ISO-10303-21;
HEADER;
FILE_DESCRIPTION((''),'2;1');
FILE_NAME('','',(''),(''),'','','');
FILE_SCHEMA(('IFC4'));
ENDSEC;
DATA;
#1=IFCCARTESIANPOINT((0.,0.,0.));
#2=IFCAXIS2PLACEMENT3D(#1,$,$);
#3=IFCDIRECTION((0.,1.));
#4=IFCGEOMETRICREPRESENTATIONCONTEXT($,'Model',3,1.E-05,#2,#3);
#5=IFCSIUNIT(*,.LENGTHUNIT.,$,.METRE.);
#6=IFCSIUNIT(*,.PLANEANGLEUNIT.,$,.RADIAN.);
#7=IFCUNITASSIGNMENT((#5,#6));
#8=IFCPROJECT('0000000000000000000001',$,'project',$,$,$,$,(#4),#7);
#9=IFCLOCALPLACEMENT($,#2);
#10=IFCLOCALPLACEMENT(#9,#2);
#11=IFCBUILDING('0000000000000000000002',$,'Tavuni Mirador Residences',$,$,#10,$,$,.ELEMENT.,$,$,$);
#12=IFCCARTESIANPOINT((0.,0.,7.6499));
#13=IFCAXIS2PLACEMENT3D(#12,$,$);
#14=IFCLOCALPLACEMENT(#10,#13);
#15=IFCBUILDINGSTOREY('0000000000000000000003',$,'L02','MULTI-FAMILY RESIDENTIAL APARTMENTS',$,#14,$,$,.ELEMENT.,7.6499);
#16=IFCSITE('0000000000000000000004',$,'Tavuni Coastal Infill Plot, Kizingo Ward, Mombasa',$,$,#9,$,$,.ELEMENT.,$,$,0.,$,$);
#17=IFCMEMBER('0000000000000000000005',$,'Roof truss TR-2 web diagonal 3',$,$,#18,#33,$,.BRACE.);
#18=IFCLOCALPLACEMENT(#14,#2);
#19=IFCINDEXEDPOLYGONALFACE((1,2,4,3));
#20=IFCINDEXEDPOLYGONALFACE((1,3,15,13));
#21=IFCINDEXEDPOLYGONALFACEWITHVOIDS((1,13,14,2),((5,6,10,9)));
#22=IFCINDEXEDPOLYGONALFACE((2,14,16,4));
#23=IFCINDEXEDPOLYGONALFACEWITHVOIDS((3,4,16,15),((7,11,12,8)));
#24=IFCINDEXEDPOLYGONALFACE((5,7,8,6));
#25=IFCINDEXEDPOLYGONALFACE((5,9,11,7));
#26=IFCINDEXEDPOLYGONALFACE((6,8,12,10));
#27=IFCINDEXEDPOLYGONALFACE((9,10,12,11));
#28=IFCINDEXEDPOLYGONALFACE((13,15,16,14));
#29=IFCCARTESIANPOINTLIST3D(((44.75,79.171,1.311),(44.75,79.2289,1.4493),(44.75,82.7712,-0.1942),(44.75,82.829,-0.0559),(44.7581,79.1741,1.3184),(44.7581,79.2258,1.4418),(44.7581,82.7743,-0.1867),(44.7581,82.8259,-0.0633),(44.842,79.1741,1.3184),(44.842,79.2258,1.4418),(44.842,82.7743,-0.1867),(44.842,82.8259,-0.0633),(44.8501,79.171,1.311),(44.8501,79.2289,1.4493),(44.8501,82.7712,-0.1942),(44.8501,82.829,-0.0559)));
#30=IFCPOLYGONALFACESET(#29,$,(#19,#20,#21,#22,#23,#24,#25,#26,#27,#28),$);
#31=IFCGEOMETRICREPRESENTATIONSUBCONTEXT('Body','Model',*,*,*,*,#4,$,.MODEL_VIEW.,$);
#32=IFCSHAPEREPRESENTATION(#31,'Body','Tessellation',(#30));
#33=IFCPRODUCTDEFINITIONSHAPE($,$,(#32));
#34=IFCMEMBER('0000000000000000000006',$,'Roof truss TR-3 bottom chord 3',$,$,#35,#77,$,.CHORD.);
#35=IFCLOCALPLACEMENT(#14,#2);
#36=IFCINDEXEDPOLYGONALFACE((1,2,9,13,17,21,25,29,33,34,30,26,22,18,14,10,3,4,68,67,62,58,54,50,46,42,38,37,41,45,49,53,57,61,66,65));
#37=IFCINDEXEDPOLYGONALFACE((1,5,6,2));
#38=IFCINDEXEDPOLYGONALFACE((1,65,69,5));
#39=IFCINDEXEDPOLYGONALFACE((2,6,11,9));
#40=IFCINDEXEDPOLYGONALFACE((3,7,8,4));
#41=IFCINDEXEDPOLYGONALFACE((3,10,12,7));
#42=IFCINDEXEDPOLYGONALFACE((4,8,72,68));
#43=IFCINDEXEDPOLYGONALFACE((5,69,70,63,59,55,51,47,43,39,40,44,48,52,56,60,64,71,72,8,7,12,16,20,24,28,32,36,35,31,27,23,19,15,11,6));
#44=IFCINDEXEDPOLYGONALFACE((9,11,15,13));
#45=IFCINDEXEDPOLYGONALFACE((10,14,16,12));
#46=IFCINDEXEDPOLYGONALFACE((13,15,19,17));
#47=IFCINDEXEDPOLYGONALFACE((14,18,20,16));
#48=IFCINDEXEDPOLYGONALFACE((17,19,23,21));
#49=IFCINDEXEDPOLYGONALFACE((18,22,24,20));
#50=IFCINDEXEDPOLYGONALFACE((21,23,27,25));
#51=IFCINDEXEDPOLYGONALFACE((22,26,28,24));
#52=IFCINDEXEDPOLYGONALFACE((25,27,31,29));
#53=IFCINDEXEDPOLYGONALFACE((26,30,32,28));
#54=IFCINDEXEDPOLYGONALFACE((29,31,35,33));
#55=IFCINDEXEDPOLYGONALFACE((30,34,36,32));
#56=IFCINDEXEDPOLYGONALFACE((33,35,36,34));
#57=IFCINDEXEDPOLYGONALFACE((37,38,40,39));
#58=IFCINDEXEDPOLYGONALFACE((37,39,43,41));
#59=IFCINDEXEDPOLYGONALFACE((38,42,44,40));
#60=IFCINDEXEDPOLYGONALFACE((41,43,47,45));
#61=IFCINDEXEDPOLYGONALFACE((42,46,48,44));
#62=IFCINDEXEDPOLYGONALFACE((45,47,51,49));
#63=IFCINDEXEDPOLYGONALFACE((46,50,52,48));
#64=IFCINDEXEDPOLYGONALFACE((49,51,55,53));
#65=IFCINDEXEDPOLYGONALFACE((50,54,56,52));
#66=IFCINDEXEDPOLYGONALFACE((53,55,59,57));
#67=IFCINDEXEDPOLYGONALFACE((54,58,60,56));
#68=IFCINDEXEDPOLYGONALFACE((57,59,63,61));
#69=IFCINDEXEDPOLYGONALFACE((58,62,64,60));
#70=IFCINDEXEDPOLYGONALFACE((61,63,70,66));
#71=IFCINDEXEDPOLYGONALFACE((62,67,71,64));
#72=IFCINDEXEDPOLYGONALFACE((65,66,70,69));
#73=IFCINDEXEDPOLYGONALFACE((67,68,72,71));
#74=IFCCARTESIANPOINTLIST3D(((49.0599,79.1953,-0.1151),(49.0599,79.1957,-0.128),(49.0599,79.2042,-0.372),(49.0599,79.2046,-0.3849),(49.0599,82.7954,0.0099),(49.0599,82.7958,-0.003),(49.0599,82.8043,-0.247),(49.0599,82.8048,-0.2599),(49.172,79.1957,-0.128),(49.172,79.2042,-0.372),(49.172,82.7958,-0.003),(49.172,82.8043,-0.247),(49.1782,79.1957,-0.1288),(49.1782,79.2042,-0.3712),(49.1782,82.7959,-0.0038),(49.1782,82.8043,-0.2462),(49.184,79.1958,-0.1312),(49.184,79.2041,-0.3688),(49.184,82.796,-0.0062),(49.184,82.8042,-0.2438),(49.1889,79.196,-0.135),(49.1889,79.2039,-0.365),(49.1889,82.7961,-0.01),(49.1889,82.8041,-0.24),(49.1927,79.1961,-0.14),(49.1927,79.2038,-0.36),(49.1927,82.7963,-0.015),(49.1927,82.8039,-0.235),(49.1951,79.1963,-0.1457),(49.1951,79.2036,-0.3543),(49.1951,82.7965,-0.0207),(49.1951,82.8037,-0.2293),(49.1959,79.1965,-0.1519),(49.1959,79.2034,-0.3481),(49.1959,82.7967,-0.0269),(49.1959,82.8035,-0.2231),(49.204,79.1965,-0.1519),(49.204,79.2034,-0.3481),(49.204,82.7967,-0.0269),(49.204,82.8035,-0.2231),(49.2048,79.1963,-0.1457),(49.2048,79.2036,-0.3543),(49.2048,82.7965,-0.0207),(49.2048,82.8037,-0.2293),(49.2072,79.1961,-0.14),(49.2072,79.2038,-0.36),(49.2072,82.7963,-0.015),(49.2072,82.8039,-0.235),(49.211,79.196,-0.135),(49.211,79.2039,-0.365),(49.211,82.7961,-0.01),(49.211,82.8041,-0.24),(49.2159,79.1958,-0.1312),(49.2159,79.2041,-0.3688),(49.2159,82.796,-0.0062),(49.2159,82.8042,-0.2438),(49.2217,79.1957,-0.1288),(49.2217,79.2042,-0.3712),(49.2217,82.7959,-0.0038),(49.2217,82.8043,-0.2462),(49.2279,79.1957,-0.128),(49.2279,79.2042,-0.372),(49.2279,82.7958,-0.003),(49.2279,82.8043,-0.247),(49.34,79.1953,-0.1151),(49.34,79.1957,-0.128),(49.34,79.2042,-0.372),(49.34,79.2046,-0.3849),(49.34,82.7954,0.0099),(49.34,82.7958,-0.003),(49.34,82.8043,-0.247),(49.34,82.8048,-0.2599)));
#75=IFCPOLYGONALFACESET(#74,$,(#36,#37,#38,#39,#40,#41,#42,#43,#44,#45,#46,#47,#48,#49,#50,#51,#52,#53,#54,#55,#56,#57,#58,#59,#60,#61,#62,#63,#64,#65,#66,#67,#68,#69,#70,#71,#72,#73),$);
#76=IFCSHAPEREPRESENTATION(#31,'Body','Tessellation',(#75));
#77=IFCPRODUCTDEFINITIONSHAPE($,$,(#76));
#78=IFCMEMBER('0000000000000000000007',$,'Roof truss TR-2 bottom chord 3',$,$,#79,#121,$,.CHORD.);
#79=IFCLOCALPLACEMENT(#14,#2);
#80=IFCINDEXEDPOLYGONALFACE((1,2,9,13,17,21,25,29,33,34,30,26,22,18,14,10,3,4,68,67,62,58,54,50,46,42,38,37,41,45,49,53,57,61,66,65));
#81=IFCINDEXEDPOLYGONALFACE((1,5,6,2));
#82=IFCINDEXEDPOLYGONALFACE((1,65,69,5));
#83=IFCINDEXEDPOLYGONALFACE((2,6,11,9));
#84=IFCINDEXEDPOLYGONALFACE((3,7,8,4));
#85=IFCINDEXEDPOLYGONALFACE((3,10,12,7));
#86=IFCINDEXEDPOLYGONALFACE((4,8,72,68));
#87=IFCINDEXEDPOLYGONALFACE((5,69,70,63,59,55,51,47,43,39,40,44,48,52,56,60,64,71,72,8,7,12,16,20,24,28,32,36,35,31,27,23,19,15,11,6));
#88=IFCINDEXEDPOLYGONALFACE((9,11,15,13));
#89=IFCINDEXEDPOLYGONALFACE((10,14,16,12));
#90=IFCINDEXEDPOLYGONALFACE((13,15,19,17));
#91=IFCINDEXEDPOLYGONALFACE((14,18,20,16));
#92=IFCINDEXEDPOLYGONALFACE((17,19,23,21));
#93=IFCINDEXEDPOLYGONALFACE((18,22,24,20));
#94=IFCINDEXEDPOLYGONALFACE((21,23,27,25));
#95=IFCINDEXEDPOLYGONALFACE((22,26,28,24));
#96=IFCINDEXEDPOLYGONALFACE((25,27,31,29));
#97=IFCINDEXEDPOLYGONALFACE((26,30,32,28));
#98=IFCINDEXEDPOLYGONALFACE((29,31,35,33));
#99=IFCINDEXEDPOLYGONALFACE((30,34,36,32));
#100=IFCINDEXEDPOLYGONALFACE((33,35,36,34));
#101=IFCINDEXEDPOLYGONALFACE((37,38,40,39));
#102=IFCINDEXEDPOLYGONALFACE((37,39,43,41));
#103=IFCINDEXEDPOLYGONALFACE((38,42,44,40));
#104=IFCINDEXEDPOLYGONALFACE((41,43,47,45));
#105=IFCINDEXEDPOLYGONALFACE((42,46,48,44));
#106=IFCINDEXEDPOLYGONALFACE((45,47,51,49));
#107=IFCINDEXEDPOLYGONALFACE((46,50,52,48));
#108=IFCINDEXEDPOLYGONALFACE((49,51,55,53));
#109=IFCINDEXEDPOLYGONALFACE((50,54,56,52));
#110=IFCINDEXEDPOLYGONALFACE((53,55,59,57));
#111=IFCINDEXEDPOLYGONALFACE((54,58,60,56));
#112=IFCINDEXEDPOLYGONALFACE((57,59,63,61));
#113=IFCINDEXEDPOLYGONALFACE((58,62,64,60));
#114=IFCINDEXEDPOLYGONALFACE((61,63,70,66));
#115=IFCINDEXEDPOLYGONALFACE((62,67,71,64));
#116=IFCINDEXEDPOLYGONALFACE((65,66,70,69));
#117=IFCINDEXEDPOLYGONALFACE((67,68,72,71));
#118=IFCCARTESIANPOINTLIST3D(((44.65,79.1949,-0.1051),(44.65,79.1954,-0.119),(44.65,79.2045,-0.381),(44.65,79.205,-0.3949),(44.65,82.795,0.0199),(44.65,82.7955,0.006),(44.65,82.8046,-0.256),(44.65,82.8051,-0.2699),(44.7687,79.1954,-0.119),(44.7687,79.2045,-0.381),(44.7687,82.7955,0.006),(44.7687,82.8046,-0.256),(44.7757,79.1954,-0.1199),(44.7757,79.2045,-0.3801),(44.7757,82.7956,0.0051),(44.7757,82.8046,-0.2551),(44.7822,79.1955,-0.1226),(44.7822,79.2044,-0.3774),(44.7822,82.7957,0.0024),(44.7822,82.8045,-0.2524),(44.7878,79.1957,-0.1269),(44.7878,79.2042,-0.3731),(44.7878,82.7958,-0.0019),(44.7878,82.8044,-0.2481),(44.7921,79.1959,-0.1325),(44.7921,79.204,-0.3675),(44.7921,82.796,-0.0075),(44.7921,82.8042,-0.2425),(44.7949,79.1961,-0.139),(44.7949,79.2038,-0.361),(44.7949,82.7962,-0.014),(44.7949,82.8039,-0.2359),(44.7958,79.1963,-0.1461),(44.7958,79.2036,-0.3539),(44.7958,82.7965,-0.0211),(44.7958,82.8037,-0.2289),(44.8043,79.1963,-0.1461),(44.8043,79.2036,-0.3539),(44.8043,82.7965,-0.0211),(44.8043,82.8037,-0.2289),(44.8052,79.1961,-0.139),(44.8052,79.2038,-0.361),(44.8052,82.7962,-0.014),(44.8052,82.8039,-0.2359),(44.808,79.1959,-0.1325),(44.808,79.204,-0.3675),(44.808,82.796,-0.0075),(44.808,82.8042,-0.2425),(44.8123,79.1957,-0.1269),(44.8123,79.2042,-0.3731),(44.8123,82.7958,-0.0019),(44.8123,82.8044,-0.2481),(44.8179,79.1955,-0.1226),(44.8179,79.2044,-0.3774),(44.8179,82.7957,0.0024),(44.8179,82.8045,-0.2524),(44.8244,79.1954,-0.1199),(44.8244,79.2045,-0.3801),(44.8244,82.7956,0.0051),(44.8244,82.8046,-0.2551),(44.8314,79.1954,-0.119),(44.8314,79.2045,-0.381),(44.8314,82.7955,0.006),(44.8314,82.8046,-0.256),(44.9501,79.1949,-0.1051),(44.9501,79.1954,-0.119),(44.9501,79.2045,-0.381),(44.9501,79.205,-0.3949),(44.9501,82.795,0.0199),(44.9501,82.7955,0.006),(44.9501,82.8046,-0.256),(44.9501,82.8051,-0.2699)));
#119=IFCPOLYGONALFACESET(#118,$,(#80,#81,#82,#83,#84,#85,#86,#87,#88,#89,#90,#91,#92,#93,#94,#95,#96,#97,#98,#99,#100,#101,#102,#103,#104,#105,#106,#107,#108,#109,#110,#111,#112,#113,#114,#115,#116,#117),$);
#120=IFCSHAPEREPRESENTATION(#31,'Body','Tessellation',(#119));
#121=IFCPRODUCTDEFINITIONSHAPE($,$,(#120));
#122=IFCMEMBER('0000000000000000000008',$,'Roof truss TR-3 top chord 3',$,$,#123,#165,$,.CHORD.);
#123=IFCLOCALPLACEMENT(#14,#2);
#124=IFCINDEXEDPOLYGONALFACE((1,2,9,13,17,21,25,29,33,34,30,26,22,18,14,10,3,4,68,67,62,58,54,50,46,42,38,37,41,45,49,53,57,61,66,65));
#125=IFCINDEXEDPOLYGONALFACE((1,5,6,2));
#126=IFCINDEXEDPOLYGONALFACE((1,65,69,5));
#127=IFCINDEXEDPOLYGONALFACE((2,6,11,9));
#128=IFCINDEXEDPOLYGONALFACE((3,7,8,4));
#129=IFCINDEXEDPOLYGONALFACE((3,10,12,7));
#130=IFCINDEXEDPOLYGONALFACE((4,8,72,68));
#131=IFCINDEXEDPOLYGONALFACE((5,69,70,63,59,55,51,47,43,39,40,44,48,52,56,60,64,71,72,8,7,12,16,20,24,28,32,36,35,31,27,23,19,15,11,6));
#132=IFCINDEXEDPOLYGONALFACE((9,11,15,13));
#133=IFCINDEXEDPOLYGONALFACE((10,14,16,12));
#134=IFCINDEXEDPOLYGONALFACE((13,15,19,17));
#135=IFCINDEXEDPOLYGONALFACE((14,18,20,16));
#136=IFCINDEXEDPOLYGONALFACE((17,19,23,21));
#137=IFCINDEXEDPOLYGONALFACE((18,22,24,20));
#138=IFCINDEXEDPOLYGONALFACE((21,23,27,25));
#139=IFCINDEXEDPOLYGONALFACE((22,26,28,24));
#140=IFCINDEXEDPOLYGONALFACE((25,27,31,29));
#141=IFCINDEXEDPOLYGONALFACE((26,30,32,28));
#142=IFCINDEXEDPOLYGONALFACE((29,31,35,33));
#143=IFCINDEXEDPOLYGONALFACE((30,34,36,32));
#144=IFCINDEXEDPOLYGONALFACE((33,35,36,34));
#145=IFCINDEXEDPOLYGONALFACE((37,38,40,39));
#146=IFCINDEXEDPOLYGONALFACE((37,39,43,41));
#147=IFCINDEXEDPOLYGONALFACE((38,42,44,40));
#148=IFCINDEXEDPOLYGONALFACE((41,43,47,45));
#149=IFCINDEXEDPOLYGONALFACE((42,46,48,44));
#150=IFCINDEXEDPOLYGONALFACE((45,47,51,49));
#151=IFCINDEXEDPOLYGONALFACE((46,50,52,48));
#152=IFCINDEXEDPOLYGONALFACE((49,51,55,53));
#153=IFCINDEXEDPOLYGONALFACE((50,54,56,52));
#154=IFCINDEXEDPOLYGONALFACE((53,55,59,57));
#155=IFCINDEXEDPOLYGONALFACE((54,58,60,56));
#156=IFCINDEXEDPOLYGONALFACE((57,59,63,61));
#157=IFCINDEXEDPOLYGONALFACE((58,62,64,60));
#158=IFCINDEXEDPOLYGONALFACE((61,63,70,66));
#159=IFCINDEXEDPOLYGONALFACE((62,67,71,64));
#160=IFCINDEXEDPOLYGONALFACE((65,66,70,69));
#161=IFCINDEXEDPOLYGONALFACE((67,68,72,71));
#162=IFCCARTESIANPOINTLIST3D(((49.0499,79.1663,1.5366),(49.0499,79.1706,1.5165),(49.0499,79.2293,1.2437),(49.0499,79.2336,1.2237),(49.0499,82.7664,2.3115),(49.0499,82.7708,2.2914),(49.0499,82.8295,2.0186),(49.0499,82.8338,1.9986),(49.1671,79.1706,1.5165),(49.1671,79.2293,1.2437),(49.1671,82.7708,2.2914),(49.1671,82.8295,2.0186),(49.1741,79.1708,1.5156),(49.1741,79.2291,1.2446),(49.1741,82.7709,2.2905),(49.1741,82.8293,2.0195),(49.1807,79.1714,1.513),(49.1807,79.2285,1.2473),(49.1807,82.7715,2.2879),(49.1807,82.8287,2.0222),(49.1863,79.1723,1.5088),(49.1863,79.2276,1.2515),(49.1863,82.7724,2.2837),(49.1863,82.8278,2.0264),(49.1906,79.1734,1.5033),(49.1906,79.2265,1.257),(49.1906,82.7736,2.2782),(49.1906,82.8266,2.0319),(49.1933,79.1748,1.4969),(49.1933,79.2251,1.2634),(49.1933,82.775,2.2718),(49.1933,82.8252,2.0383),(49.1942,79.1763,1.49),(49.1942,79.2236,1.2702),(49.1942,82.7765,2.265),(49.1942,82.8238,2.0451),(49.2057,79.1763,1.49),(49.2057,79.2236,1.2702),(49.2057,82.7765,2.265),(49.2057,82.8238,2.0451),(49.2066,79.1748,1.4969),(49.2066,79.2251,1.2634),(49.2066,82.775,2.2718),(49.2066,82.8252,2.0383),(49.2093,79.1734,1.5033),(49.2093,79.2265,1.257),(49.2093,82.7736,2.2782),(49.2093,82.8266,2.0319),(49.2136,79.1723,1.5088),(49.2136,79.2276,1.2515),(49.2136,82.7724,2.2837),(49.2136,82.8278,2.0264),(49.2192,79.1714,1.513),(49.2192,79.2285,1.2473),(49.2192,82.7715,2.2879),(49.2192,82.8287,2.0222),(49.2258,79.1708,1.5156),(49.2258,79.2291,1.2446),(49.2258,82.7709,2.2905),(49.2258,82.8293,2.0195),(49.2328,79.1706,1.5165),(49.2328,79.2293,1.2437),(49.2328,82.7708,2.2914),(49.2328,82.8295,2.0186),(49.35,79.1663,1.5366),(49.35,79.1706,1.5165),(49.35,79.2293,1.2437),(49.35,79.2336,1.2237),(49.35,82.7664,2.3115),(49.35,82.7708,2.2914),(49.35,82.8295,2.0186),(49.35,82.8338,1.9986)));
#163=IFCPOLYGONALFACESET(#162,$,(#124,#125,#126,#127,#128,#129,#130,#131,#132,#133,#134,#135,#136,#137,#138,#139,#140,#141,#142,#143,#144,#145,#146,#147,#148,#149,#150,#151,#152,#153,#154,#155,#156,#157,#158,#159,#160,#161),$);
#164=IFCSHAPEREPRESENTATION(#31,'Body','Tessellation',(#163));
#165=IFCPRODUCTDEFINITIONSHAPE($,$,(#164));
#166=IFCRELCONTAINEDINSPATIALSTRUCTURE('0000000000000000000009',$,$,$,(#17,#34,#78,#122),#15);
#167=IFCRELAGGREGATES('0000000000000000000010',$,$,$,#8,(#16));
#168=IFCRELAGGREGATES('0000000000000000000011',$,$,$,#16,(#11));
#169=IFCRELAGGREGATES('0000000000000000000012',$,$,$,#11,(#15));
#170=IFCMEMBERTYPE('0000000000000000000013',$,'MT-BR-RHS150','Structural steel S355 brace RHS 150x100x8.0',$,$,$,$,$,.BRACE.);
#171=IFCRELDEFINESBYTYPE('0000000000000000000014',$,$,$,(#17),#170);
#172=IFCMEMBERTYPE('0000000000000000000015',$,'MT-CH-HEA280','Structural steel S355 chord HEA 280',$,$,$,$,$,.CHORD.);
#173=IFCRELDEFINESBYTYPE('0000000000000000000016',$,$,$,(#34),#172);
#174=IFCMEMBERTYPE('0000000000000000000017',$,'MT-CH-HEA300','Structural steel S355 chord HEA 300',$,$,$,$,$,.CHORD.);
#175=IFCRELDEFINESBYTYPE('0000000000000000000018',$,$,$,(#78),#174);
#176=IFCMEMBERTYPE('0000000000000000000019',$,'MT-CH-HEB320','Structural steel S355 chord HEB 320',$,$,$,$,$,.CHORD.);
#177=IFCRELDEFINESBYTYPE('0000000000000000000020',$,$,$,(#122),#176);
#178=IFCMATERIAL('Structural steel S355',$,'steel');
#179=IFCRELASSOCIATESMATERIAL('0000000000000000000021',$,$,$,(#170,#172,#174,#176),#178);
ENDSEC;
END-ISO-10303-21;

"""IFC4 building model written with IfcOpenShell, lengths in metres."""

from ifc_helpers import new_model, si_unit, direction, frame, origin, origin_2d, place, context, subcontext, project, spatial, hollow_rectangle, i_section, extrude, material, material_profile, profile_set, type_object, element, save


model = new_model("IFC4")

# Units and contexts
model_context = context("Model", 3, precision=1e-05, world=origin(), true_north=direction((0.0, 1.0)))
body_context = subcontext(model_context, "Body", "Model", "MODEL_VIEW")
ifc_project = project(units=[si_unit("LENGTHUNIT", "METRE"), si_unit("PLANEANGLEUNIT", "RADIAN")], contexts=[model_context])

# Site, building, storey
site_placement = place(None, origin())
site = spatial("IfcSite", under=ifc_project, at=site_placement, Name="Tavuni Coastal Infill Plot, Kizingo Ward, Mombasa", CompositionType="ELEMENT", RefElevation=0.0)
building_placement = place(site_placement, origin())
building = spatial("IfcBuilding", under=site, at=building_placement, Name="Tavuni Mirador Residences", CompositionType="ELEMENT")
storey_placement = place(building_placement, frame((0.0, 0.0, 7.6499)))
storey = spatial("IfcBuildingStorey", under=building, at=storey_placement, Name="L02", Description="MULTI-FAMILY RESIDENTIAL APARTMENTS", CompositionType="ELEMENT", Elevation=7.6499)

# Members
ifc_material_1 = material(Name="Structural steel S355", Category="steel")
ifc_material_profile_1 = material_profile(ifc_material_1, hollow_rectangle(XDim=0.1001, YDim=0.1499, WallThickness=0.0081, at=origin_2d()), Name="RHS 150x100x8.0", Category="steel")
ifc_profile_set_1 = profile_set([ifc_material_profile_1], Name="Structural steel S355")
member_type_1 = type_object("IfcMemberType", Name="MT-BR-RHS150", Description="Structural steel S355 brace RHS 150x100x8.0", PredefinedType="BRACE", material=ifc_profile_set_1)
member_1_placement = place(storey_placement, frame((44.8, 79.2, 1.3801), z_axis=(0.0, 0.922613, -0.385726), x_axis=(-1.0, 0.0, 0.0)))
element("IfcMember", 1, at=member_1_placement, inside=storey, type_object=member_type_1, Name="Roof truss TR-2 web diagonal 3", PredefinedType="BRACE", context=body_context, shape_type="SweptSolid", body=[
    extrude(hollow_rectangle(XDim=0.1001, YDim=0.1499, WallThickness=0.0081, at=origin_2d()), origin(), (0.0, 0.0, 1.0), 3.9021),
])
ifc_material_profile_2 = material_profile(ifc_material_1, i_section(OverallWidth=0.28, OverallDepth=0.27, WebThickness=0.0081, FlangeThickness=0.0129, FilletRadius=0.0239, at=origin_2d()), Name="HEA 280", Category="steel")
ifc_profile_set_2 = profile_set([ifc_material_profile_2], Name="Structural steel S355")
member_type_2 = type_object("IfcMemberType", Name="MT-CH-HEA280", Description="Structural steel S355 chord HEA 280", PredefinedType="CHORD", material=ifc_profile_set_2)
member_2_placement = place(storey_placement, frame((49.2, 79.2, -0.25), z_axis=(0.0, 0.999398, 0.0347), x_axis=(-1.0, 0.0, 0.0)))
element("IfcMember", 2, at=member_2_placement, inside=storey, type_object=member_type_2, Name="Roof truss TR-3 bottom chord 3", PredefinedType="CHORD", context=body_context, shape_type="SweptSolid", body=[
    extrude(i_section(OverallWidth=0.28, OverallDepth=0.27, WebThickness=0.0081, FlangeThickness=0.0129, FilletRadius=0.0239, at=origin_2d()), origin(), (0.0, 0.0, 1.0), 3.6023),
])
ifc_material_profile_3 = material_profile(ifc_material_1, i_section(OverallWidth=0.3, OverallDepth=0.29, WebThickness=0.0085, FlangeThickness=0.0139, FilletRadius=0.0271, at=origin_2d()), Name="HEA 300", Category="steel")
ifc_profile_set_3 = profile_set([ifc_material_profile_3], Name="Structural steel S355")
member_type_3 = type_object("IfcMemberType", Name="MT-CH-HEA300", Description="Structural steel S355 chord HEA 300", PredefinedType="CHORD", material=ifc_profile_set_3)
member_3_placement = place(storey_placement, frame((44.8, 79.2, -0.25), z_axis=(0.0, 0.999398, 0.0347), x_axis=(-1.0, 0.0, 0.0)))
element("IfcMember", 3, at=member_3_placement, inside=storey, type_object=member_type_3, Name="Roof truss TR-2 bottom chord 3", PredefinedType="CHORD", context=body_context, shape_type="SweptSolid", body=[
    extrude(i_section(OverallWidth=0.3, OverallDepth=0.29, WebThickness=0.0085, FlangeThickness=0.0139, FilletRadius=0.0271, at=origin_2d()), origin(), (0.0, 0.0, 1.0), 3.6023),
])
ifc_material_profile_4 = material_profile(ifc_material_1, i_section(OverallWidth=0.3, OverallDepth=0.3201, WebThickness=0.0115, FlangeThickness=0.0205, FilletRadius=0.0271, at=origin_2d()), Name="HEB 320", Category="steel")
ifc_profile_set_4 = profile_set([ifc_material_profile_4], Name="Structural steel S355")
member_type_4 = type_object("IfcMemberType", Name="MT-CH-HEB320", Description="Structural steel S355 chord HEB 320", PredefinedType="CHORD", material=ifc_profile_set_4)
member_4_placement = place(storey_placement, frame((49.2, 79.2, 1.3801), z_axis=(0.0, 0.97761, 0.210425), x_axis=(-1.0, 0.0, 0.0)))
element("IfcMember", 4, at=member_4_placement, inside=storey, type_object=member_type_4, Name="Roof truss TR-3 top chord 3", PredefinedType="CHORD", context=body_context, shape_type="SweptSolid", body=[
    extrude(i_section(OverallWidth=0.3, OverallDepth=0.3201, WebThickness=0.0115, FlangeThickness=0.0205, FilletRadius=0.0271, at=origin_2d()), origin(), (0.0, 0.0, 1.0), 3.6826),
])

save(model, "model.ifc")
